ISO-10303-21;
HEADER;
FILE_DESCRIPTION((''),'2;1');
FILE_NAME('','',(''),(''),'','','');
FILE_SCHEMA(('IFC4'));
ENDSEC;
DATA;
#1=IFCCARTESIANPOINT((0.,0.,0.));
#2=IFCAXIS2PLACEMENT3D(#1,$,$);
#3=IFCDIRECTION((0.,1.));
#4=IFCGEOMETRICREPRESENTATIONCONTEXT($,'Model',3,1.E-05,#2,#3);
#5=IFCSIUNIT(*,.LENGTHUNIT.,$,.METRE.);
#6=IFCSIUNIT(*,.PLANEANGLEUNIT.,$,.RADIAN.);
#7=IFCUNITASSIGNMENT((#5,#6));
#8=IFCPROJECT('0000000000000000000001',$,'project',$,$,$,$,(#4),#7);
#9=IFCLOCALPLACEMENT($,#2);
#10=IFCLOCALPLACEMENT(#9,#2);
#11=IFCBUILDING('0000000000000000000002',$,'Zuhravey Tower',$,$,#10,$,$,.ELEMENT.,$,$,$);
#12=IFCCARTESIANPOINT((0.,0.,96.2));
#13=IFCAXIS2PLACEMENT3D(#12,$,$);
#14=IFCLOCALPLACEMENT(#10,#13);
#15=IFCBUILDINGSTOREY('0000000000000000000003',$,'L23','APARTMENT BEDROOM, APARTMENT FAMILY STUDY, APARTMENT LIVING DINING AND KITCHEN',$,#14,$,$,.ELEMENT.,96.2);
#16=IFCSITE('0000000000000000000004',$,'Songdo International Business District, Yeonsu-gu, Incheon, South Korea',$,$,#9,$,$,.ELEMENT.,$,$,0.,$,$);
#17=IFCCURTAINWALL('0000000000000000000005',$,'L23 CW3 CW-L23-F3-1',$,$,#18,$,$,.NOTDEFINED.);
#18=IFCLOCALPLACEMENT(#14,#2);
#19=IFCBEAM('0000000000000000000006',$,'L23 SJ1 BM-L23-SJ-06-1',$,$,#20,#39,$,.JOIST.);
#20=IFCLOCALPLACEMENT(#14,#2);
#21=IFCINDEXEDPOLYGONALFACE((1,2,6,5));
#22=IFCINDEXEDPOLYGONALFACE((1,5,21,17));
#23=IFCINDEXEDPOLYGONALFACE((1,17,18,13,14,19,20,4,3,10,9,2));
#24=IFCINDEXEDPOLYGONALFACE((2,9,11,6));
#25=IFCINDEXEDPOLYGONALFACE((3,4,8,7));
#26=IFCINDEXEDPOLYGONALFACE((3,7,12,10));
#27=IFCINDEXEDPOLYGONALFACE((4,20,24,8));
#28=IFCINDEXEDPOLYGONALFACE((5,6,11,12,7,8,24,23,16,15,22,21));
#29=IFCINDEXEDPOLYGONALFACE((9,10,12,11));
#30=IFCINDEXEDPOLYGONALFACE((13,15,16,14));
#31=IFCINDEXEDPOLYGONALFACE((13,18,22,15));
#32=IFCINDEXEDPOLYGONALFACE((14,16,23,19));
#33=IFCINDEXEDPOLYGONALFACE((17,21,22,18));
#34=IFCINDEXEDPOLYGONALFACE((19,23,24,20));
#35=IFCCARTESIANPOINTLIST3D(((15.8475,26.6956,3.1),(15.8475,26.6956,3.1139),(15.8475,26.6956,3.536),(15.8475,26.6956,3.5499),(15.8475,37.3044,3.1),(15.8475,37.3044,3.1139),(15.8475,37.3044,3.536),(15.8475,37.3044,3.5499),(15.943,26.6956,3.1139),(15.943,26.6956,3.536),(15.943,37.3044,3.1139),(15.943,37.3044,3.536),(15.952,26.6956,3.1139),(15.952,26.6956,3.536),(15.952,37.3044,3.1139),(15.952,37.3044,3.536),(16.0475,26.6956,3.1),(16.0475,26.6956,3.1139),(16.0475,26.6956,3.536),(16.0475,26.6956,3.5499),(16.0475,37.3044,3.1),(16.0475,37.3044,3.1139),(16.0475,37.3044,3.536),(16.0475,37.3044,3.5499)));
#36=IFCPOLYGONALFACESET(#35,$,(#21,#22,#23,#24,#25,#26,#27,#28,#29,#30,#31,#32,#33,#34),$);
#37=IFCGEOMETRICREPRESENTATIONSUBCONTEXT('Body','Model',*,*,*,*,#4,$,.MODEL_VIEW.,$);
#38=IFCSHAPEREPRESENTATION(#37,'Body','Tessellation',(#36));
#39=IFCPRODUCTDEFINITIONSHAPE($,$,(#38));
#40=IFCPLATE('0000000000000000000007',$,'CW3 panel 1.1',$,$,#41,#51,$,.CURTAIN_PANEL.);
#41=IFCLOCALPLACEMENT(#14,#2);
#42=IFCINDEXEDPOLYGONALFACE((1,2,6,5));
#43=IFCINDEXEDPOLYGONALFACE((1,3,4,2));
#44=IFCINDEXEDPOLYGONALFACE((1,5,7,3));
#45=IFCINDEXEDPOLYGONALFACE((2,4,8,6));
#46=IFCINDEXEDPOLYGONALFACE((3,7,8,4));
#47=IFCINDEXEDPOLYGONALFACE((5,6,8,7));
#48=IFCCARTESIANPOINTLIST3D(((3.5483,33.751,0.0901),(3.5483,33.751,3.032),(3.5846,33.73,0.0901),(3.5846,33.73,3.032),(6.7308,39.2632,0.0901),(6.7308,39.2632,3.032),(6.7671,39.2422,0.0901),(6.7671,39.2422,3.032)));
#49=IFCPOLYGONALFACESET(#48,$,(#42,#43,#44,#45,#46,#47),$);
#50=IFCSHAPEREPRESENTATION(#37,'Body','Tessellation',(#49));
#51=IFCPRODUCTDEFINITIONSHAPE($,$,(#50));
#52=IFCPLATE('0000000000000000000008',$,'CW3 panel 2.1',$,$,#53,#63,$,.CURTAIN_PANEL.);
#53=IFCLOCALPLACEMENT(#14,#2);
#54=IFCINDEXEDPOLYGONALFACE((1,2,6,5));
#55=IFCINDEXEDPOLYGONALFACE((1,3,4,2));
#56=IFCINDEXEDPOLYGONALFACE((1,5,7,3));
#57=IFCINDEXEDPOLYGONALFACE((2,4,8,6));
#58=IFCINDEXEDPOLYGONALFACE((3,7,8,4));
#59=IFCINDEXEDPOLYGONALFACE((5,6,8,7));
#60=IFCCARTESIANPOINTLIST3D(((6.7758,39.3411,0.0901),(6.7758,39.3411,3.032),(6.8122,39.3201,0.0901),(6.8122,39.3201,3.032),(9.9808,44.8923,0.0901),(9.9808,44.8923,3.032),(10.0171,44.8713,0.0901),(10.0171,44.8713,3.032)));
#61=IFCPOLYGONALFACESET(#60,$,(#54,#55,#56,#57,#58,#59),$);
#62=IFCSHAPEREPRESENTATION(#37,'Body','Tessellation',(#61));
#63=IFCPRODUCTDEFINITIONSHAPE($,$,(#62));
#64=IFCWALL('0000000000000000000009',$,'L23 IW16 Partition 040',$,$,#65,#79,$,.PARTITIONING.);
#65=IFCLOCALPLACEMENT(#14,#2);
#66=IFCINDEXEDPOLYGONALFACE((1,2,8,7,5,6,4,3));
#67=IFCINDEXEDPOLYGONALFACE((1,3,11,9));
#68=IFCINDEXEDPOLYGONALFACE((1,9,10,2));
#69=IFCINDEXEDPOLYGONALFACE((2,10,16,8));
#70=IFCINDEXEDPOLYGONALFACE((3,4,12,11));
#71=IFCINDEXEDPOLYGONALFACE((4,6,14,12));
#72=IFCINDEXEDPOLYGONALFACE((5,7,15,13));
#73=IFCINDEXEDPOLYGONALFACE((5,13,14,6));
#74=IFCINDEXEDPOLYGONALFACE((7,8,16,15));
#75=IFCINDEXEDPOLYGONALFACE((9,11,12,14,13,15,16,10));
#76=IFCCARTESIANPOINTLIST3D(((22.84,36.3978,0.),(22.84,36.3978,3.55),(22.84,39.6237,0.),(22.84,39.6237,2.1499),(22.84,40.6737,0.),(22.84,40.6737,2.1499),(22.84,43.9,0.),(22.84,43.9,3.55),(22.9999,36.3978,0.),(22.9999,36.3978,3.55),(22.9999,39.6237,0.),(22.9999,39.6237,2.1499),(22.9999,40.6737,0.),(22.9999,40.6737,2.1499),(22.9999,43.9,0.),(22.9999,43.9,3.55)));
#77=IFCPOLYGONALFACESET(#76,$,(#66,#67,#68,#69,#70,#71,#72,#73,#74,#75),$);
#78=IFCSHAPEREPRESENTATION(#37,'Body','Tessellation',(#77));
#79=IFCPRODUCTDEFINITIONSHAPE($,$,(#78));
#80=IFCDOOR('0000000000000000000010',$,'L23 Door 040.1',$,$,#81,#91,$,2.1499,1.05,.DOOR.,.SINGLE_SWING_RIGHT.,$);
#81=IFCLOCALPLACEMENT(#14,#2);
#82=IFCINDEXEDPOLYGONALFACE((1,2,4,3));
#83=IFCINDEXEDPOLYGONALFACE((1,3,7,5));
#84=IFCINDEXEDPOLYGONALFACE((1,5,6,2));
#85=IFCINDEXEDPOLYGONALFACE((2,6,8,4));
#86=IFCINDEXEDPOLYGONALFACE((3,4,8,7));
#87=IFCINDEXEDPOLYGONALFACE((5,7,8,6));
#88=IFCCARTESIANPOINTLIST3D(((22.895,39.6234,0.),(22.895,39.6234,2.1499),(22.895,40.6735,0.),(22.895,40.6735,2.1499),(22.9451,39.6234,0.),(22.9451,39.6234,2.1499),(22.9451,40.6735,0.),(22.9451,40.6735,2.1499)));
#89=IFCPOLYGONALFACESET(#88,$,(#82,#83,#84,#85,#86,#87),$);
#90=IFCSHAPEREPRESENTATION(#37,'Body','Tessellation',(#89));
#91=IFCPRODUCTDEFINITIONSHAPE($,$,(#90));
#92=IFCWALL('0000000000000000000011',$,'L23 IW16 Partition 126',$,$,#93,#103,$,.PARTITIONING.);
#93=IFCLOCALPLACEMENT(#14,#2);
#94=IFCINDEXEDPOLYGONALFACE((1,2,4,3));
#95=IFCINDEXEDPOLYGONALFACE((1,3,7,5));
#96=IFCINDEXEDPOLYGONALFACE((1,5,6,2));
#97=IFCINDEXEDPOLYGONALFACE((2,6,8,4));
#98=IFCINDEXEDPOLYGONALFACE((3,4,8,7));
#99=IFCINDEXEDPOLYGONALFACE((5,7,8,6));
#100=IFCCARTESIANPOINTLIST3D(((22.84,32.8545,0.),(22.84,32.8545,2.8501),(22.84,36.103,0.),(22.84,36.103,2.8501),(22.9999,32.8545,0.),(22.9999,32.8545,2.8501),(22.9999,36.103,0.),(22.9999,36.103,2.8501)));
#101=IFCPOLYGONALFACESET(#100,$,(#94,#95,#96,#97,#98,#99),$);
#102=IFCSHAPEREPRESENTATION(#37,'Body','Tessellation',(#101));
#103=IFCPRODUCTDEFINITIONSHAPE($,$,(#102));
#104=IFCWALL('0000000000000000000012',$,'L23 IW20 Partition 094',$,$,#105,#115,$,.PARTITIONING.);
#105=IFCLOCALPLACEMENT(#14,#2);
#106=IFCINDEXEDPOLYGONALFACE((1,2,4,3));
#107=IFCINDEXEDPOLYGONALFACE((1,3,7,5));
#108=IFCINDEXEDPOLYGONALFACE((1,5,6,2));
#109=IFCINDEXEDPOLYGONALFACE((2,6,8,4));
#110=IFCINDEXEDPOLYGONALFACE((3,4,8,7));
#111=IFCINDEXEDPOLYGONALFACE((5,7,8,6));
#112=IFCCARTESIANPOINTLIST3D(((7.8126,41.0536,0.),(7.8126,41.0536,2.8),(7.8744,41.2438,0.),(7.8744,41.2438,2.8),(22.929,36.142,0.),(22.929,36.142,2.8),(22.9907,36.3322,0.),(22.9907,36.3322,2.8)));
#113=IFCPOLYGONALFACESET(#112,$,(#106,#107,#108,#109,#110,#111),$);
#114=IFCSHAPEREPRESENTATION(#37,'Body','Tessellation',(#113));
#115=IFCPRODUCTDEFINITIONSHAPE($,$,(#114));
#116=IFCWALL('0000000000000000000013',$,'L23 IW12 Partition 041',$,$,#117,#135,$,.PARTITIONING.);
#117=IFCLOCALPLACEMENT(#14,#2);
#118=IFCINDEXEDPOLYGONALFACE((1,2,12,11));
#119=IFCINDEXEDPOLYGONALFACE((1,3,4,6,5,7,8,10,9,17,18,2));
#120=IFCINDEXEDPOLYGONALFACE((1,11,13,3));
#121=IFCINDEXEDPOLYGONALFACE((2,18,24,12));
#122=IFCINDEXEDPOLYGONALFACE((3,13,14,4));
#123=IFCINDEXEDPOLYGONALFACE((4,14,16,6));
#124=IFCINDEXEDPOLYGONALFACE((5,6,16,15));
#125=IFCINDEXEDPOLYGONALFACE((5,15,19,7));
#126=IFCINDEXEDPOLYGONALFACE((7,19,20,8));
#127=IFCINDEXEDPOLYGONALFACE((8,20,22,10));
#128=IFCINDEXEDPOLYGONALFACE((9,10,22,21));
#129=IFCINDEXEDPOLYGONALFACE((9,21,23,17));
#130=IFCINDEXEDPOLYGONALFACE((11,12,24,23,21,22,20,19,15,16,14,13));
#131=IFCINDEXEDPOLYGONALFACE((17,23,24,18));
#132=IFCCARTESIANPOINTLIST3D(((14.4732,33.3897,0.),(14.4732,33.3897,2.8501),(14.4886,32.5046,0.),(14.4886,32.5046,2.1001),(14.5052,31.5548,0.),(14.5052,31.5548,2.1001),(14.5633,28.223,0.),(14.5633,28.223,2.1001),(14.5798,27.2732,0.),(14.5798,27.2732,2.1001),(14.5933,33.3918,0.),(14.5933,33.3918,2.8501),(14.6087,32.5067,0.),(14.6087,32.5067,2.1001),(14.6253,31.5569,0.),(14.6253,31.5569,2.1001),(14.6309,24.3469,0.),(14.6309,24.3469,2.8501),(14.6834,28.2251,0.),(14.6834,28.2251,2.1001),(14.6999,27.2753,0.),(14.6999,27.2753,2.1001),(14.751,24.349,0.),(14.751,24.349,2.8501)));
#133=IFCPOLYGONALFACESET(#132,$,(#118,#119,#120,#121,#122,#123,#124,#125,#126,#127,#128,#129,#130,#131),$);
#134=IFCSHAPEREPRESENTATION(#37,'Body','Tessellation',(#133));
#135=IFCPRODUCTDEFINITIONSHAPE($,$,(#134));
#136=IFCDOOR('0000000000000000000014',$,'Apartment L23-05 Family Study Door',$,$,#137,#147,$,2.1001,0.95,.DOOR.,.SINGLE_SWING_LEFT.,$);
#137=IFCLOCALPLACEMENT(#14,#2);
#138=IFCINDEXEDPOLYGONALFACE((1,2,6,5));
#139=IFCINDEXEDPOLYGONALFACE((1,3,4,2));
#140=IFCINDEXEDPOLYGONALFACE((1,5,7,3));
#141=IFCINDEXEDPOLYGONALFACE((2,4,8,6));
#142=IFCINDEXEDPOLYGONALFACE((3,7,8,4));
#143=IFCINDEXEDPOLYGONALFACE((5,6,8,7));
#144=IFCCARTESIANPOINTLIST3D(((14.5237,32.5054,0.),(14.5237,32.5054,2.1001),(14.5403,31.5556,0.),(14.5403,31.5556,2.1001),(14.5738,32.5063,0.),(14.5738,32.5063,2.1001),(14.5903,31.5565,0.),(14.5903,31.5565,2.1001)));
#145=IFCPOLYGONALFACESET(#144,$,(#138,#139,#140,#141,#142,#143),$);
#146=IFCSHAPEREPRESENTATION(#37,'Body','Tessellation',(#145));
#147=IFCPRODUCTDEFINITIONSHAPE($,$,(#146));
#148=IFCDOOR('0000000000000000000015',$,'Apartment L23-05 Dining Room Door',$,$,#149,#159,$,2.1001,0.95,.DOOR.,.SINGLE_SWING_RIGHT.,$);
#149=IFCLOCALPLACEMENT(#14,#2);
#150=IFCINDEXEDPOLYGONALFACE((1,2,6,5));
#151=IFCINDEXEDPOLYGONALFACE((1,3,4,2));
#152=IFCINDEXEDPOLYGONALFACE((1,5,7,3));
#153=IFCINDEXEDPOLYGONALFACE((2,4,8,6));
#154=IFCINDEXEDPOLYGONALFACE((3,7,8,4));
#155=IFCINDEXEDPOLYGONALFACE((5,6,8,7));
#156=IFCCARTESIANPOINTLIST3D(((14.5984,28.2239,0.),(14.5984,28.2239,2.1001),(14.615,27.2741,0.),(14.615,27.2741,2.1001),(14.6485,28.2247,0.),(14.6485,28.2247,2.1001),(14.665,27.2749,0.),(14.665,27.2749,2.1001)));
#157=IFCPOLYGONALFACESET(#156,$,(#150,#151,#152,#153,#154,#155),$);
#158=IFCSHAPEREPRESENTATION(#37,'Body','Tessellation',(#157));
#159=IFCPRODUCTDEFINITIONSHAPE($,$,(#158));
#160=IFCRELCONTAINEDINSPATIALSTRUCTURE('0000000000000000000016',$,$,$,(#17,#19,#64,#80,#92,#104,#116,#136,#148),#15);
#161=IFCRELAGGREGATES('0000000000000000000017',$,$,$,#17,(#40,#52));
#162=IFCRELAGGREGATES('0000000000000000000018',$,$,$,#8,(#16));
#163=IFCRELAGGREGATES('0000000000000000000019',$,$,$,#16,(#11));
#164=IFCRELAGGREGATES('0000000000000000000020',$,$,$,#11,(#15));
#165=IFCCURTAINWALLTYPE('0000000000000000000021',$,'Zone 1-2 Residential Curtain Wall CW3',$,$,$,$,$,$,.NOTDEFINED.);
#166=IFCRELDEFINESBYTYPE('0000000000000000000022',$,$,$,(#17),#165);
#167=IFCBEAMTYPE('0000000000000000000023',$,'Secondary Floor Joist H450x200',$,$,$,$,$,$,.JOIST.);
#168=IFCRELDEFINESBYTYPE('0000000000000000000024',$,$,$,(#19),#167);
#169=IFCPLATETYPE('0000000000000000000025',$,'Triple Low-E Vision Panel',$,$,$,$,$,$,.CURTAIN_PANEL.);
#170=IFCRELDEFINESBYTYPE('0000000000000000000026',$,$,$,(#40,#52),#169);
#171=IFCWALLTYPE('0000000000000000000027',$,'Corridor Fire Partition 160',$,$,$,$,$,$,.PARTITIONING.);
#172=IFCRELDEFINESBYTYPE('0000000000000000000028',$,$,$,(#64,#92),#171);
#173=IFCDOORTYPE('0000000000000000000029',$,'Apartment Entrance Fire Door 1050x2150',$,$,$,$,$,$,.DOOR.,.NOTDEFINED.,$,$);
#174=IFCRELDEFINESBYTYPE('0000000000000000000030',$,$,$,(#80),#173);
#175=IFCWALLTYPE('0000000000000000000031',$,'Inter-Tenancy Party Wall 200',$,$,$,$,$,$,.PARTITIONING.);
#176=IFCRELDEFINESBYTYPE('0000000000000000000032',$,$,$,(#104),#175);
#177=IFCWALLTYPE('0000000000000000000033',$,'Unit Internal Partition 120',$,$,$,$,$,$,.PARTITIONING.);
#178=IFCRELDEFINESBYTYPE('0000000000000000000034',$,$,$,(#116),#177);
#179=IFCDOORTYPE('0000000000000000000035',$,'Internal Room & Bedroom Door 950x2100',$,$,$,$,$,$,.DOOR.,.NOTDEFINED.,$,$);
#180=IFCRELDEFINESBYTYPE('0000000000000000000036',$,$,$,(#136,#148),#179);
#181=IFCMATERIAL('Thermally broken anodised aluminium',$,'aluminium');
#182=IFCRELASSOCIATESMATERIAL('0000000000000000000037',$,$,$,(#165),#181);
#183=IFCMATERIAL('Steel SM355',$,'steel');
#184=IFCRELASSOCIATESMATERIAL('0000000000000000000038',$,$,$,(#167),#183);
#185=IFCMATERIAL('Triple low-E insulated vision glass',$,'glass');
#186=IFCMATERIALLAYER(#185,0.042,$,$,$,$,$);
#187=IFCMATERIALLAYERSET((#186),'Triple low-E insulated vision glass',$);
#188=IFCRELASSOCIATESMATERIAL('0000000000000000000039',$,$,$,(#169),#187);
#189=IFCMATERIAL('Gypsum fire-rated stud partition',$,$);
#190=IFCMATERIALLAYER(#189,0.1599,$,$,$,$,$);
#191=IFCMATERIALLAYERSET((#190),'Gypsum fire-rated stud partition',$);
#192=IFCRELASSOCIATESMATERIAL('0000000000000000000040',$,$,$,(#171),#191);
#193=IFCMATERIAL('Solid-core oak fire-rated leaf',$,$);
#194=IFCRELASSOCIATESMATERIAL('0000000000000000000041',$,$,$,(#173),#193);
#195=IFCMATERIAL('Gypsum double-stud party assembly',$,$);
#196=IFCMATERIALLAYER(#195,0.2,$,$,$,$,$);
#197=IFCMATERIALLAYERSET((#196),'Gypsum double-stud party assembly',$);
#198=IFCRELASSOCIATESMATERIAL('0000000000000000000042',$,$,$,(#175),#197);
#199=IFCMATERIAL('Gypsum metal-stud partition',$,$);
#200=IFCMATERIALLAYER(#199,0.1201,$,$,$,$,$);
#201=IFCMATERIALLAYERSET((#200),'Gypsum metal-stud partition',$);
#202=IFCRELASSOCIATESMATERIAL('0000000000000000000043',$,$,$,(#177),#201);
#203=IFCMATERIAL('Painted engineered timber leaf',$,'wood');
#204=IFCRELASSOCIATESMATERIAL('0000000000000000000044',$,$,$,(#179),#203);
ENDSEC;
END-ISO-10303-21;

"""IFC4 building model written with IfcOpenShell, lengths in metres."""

from ifc_helpers import new_model, si_unit, direction, frame, frame_2d, origin, origin_2d, place, context, subcontext, project, spatial, rectangle, i_section, extrude, material, layer, layer_set, material_profile, profile_set, type_object, element, fill, aggregate, save


model = new_model("IFC4")

# Units and contexts
model_context = context("Model", 3, precision=1e-05, world=origin(), true_north=direction((0.0, 1.0)))
body_context = subcontext(model_context, "Body", "Model", "MODEL_VIEW")
ifc_project = project(units=[si_unit("LENGTHUNIT", "METRE"), si_unit("PLANEANGLEUNIT", "RADIAN")], contexts=[model_context])

# Site, building, storey
site_placement = place(None, origin())
site = spatial("IfcSite", under=ifc_project, at=site_placement, Name="Songdo International Business District, Yeonsu-gu, Incheon, South Korea", CompositionType="ELEMENT", RefElevation=0.0)
building_placement = place(site_placement, origin())
building = spatial("IfcBuilding", under=site, at=building_placement, Name="Zuhravey Tower", CompositionType="ELEMENT")
storey_placement = place(building_placement, frame((0.0, 0.0, 96.2)))
storey = spatial("IfcBuildingStorey", under=building, at=storey_placement, Name="L23", Description="APARTMENT BEDROOM, APARTMENT FAMILY STUDY, APARTMENT LIVING DINING AND KITCHEN", CompositionType="ELEMENT", Elevation=96.2)

# Curtain wall
ifc_material_1 = material(Name="Thermally broken anodised aluminium", Category="aluminium")
curtain_wall_type = type_object("IfcCurtainWallType", Name="Zone 1-2 Residential Curtain Wall CW3", PredefinedType="NOTDEFINED", material=ifc_material_1)
curtain_wall_placement = place(storey_placement, origin())
curtain_wall = element("IfcCurtainWall", 1, at=curtain_wall_placement, inside=storey, type_object=curtain_wall_type, Name="L23 CW3 CW-L23-F3-1", PredefinedType="NOTDEFINED")

# Beam
ifc_material_2 = material(Name="Steel SM355", Category="steel")
ifc_material_profile_1 = material_profile(ifc_material_2, i_section(OverallWidth=0.2, OverallDepth=0.45, WebThickness=0.009, FlangeThickness=0.0139, at=origin_2d()), Name="H-450x200x9x14")
ifc_profile_set_1 = profile_set([ifc_material_profile_1], Name="Steel SM355")
beam_type_1 = type_object("IfcBeamType", Name="Secondary Floor Joist H450x200", PredefinedType="JOIST", material=ifc_profile_set_1)
beam_1_placement = place(storey_placement, frame((15.9475, 37.3044, 3.325), z_axis=(0.0, -1.0, 0.0), x_axis=(1.0, 0.0, 0.0)))
element("IfcBeam", 2, at=beam_1_placement, inside=storey, type_object=beam_type_1, Name="L23 SJ1 BM-L23-SJ-06-1", PredefinedType="JOIST", context=body_context, shape_type="SweptSolid", body=[
    extrude(i_section(OverallWidth=0.2, OverallDepth=0.45, WebThickness=0.009, FlangeThickness=0.0139, at=origin_2d()), origin(), (0.0, 0.0, 1.0), 10.6089),
])

# Plates
ifc_material_3 = material(Name="Triple low-E insulated vision glass", Category="glass")
ifc_layer_1 = layer(ifc_material_3, 0.042)
ifc_layer_set_1 = layer_set([ifc_layer_1], Name="Triple low-E insulated vision glass")
plate_type = type_object("IfcPlateType", Name="Triple Low-E Vision Panel", PredefinedType="CURTAIN_PANEL", material=ifc_layer_set_1)
plate_1_placement = place(storey_placement, frame((5.1577, 36.4966, 0.0901), z_axis=(0.0, 0.0, 1.0), x_axis=(0.5, 0.866025, 0.0)))
plate_1 = element("IfcPlate", 3, at=plate_1_placement, type_object=plate_type, Name="CW3 panel 1.1", PredefinedType="CURTAIN_PANEL", context=body_context, shape_type="SweptSolid", body=[
    extrude(rectangle(XDim=6.365, YDim=0.042, at=origin_2d()), origin(), (0.0, 0.0, 1.0), 2.9419),
])
plate_2_placement = place(storey_placement, frame((8.3965, 42.1062, 0.0901), z_axis=(0.0, 0.0, 1.0), x_axis=(0.5, 0.866025, 0.0)))
plate_2 = element("IfcPlate", 4, at=plate_2_placement, type_object=plate_type, Name="CW3 panel 2.1", PredefinedType="CURTAIN_PANEL", context=body_context, shape_type="SweptSolid", body=[
    extrude(rectangle(XDim=6.4099, YDim=0.042, at=origin_2d()), origin(), (0.0, 0.0, 1.0), 2.9419),
])
aggregate(curtain_wall, [plate_1, plate_2])

# Wall, opening, door
ifc_material_4 = material(Name="Gypsum fire-rated stud partition")
ifc_layer_2 = layer(ifc_material_4, 0.1599)
ifc_layer_set_2 = layer_set([ifc_layer_2], Name="Gypsum fire-rated stud partition")
wall_type_1 = type_object("IfcWallType", Name="Corridor Fire Partition 160", PredefinedType="PARTITIONING", material=ifc_layer_set_2)
wall_1_placement = place(storey_placement, frame((22.9199, 43.8999, 0.0), z_axis=(0.0, 0.0, 1.0), x_axis=(0.0, -1.0, 0.0)))
wall_1 = element("IfcWall", 5, at=wall_1_placement, inside=storey, type_object=wall_type_1, Name="L23 IW16 Partition 040", PredefinedType="PARTITIONING", context=body_context, shape_type="SweptSolid", body=[
    extrude(rectangle(XDim=7.5022, YDim=0.1599, at=frame_2d((3.751, 0.0))), origin(), (0.0, 0.0, 1.0), 3.55),
])
opening_1_placement = place(wall_1_placement, frame((3.2263, 0.0, 0.0)))
opening_1 = element("IfcOpeningElement", 6, at=opening_1_placement, cuts=wall_1, PredefinedType="OPENING", context=body_context, shape_type="SweptSolid", body=[
    extrude(rectangle(XDim=1.05, YDim=2.1499, at=frame_2d((0.5249, 1.075))), frame((0.0, 0.092, 0.0), z_axis=(0.0, -1.0, 0.0), x_axis=(1.0, 0.0, 0.0)), (0.0, 0.0, 1.0), 0.1838),
])
ifc_material_5 = material(Name="Solid-core oak fire-rated leaf")
door_type_1 = type_object("IfcDoorType", Name="Apartment Entrance Fire Door 1050x2150", OperationType="NOTDEFINED", PredefinedType="DOOR", material=ifc_material_5)
door_1_placement = place(opening_1_placement, frame((1.05, 0.0, 0.0), z_axis=(0.0, 0.0, 1.0), x_axis=(-1.0, 0.0, 0.0)))
door_1 = element("IfcDoor", 7, at=door_1_placement, inside=storey, type_object=door_type_1, Name="L23 Door 040.1", OperationType="SINGLE_SWING_RIGHT", OverallHeight=2.1499, OverallWidth=1.05, PredefinedType="DOOR", context=body_context, shape_type="SweptSolid", body=[
    extrude(rectangle(XDim=1.05, YDim=2.1499, at=frame_2d((0.5249, 1.075))), frame((0.0, 0.0249, 0.0), z_axis=(0.0, -1.0, 0.0), x_axis=(1.0, 0.0, 0.0)), (0.0, 0.0, 1.0), 0.05),
])
fill(opening_1, door_1)

# Walls
wall_2_placement = place(storey_placement, frame((22.9199, 36.103, 0.0), z_axis=(0.0, 0.0, 1.0), x_axis=(0.0, -1.0, 0.0)))
element("IfcWall", 8, at=wall_2_placement, inside=storey, type_object=wall_type_1, Name="L23 IW16 Partition 126", PredefinedType="PARTITIONING", context=body_context, shape_type="SweptSolid", body=[
    extrude(rectangle(XDim=3.2485, YDim=0.1599, at=frame_2d((1.6243, 0.0))), origin(), (0.0, 0.0, 1.0), 2.8501),
])
ifc_material_6 = material(Name="Gypsum double-stud party assembly")
ifc_layer_3 = layer(ifc_material_6, 0.2)
ifc_layer_set_3 = layer_set([ifc_layer_3], Name="Gypsum double-stud party assembly")
wall_type_2 = type_object("IfcWallType", Name="Inter-Tenancy Party Wall 200", PredefinedType="PARTITIONING", material=ifc_layer_set_3)
wall_3_placement = place(storey_placement, frame((22.96, 36.2371, 0.0), z_axis=(0.0, 0.0, 1.0), x_axis=(-0.951057, 0.309016, 0.0)))
element("IfcWall", 9, at=wall_3_placement, inside=storey, type_object=wall_type_2, Name="L23 IW20 Partition 094", PredefinedType="PARTITIONING", context=body_context, shape_type="SweptSolid", body=[
    extrude(rectangle(XDim=15.8943, YDim=0.2, at=frame_2d((7.9473, 0.0))), origin(), (0.0, 0.0, 1.0), 2.8),
])

# Wall, openings, doors
ifc_material_7 = material(Name="Gypsum metal-stud partition")
ifc_layer_4 = layer(ifc_material_7, 0.1201)
ifc_layer_set_4 = layer_set([ifc_layer_4], Name="Gypsum metal-stud partition")
wall_type_3 = type_object("IfcWallType", Name="Unit Internal Partition 120", PredefinedType="PARTITIONING", material=ifc_layer_set_4)
wall_4_placement = place(storey_placement, frame((14.5332, 33.3906, 0.0), z_axis=(0.0, 0.0, 1.0), x_axis=(0.017438, -0.999848, 0.0)))
wall_4 = element("IfcWall", 10, at=wall_4_placement, inside=storey, type_object=wall_type_3, Name="L23 IW12 Partition 041", PredefinedType="PARTITIONING", context=body_context, shape_type="SweptSolid", body=[
    extrude(rectangle(XDim=9.0442, YDim=0.1201, at=frame_2d((4.522, 0.0))), origin(), (0.0, 0.0, 1.0), 2.8501),
])
opening_2_placement = place(wall_4_placement, frame((0.885, 0.0, 0.0)))
opening_2 = element("IfcOpeningElement", 11, at=opening_2_placement, cuts=wall_4, PredefinedType="OPENING", context=body_context, shape_type="SweptSolid", body=[
    extrude(rectangle(XDim=0.95, YDim=2.1001, at=frame_2d((0.4751, 1.05))), frame((0.0, 0.072, 0.0), z_axis=(0.0, -1.0, 0.0), x_axis=(1.0, 0.0, 0.0)), (0.0, 0.0, 1.0), 0.144),
])
opening_3_placement = place(wall_4_placement, frame((5.1672, 0.0, 0.0)))
opening_3 = element("IfcOpeningElement", 12, at=opening_3_placement, cuts=wall_4, PredefinedType="OPENING", context=body_context, shape_type="SweptSolid", body=[
    extrude(rectangle(XDim=0.95, YDim=2.1001, at=frame_2d((0.4751, 1.05))), frame((0.0, 0.072, 0.0), z_axis=(0.0, -1.0, 0.0), x_axis=(1.0, 0.0, 0.0)), (0.0, 0.0, 1.0), 0.144),
])
ifc_material_8 = material(Name="Painted engineered timber leaf", Category="wood")
door_type_2 = type_object("IfcDoorType", Name="Internal Room & Bedroom Door 950x2100", OperationType="NOTDEFINED", PredefinedType="DOOR", material=ifc_material_8)
door_2_placement = place(opening_2_placement, frame((0.95, 0.0, 0.0), z_axis=(0.0, 0.0, 1.0), x_axis=(-1.0, 0.0, 0.0)))
door_2 = element("IfcDoor", 13, at=door_2_placement, inside=storey, type_object=door_type_2, Name="Apartment L23-05 Family Study Door", OperationType="SINGLE_SWING_LEFT", OverallHeight=2.1001, OverallWidth=0.95, PredefinedType="DOOR", context=body_context, shape_type="SweptSolid", body=[
    extrude(rectangle(XDim=0.95, YDim=2.1001, at=frame_2d((0.4751, 1.05))), frame((0.0, 0.0249, 0.0), z_axis=(0.0, -1.0, 0.0), x_axis=(1.0, 0.0, 0.0)), (0.0, 0.0, 1.0), 0.05),
])
fill(opening_2, door_2)
door_3_placement = place(opening_3_placement, frame((0.95, 0.0, 0.0), z_axis=(0.0, 0.0, 1.0), x_axis=(-1.0, 0.0, 0.0)))
door_3 = element("IfcDoor", 14, at=door_3_placement, inside=storey, type_object=door_type_2, Name="Apartment L23-05 Dining Room Door", OperationType="SINGLE_SWING_RIGHT", OverallHeight=2.1001, OverallWidth=0.95, PredefinedType="DOOR", context=body_context, shape_type="SweptSolid", body=[
    extrude(rectangle(XDim=0.95, YDim=2.1001, at=frame_2d((0.4751, 1.05))), frame((0.0, 0.0249, 0.0), z_axis=(0.0, -1.0, 0.0), x_axis=(1.0, 0.0, 0.0)), (0.0, 0.0, 1.0), 0.05),
])
fill(opening_3, door_3)

save(model, "model.ifc")
